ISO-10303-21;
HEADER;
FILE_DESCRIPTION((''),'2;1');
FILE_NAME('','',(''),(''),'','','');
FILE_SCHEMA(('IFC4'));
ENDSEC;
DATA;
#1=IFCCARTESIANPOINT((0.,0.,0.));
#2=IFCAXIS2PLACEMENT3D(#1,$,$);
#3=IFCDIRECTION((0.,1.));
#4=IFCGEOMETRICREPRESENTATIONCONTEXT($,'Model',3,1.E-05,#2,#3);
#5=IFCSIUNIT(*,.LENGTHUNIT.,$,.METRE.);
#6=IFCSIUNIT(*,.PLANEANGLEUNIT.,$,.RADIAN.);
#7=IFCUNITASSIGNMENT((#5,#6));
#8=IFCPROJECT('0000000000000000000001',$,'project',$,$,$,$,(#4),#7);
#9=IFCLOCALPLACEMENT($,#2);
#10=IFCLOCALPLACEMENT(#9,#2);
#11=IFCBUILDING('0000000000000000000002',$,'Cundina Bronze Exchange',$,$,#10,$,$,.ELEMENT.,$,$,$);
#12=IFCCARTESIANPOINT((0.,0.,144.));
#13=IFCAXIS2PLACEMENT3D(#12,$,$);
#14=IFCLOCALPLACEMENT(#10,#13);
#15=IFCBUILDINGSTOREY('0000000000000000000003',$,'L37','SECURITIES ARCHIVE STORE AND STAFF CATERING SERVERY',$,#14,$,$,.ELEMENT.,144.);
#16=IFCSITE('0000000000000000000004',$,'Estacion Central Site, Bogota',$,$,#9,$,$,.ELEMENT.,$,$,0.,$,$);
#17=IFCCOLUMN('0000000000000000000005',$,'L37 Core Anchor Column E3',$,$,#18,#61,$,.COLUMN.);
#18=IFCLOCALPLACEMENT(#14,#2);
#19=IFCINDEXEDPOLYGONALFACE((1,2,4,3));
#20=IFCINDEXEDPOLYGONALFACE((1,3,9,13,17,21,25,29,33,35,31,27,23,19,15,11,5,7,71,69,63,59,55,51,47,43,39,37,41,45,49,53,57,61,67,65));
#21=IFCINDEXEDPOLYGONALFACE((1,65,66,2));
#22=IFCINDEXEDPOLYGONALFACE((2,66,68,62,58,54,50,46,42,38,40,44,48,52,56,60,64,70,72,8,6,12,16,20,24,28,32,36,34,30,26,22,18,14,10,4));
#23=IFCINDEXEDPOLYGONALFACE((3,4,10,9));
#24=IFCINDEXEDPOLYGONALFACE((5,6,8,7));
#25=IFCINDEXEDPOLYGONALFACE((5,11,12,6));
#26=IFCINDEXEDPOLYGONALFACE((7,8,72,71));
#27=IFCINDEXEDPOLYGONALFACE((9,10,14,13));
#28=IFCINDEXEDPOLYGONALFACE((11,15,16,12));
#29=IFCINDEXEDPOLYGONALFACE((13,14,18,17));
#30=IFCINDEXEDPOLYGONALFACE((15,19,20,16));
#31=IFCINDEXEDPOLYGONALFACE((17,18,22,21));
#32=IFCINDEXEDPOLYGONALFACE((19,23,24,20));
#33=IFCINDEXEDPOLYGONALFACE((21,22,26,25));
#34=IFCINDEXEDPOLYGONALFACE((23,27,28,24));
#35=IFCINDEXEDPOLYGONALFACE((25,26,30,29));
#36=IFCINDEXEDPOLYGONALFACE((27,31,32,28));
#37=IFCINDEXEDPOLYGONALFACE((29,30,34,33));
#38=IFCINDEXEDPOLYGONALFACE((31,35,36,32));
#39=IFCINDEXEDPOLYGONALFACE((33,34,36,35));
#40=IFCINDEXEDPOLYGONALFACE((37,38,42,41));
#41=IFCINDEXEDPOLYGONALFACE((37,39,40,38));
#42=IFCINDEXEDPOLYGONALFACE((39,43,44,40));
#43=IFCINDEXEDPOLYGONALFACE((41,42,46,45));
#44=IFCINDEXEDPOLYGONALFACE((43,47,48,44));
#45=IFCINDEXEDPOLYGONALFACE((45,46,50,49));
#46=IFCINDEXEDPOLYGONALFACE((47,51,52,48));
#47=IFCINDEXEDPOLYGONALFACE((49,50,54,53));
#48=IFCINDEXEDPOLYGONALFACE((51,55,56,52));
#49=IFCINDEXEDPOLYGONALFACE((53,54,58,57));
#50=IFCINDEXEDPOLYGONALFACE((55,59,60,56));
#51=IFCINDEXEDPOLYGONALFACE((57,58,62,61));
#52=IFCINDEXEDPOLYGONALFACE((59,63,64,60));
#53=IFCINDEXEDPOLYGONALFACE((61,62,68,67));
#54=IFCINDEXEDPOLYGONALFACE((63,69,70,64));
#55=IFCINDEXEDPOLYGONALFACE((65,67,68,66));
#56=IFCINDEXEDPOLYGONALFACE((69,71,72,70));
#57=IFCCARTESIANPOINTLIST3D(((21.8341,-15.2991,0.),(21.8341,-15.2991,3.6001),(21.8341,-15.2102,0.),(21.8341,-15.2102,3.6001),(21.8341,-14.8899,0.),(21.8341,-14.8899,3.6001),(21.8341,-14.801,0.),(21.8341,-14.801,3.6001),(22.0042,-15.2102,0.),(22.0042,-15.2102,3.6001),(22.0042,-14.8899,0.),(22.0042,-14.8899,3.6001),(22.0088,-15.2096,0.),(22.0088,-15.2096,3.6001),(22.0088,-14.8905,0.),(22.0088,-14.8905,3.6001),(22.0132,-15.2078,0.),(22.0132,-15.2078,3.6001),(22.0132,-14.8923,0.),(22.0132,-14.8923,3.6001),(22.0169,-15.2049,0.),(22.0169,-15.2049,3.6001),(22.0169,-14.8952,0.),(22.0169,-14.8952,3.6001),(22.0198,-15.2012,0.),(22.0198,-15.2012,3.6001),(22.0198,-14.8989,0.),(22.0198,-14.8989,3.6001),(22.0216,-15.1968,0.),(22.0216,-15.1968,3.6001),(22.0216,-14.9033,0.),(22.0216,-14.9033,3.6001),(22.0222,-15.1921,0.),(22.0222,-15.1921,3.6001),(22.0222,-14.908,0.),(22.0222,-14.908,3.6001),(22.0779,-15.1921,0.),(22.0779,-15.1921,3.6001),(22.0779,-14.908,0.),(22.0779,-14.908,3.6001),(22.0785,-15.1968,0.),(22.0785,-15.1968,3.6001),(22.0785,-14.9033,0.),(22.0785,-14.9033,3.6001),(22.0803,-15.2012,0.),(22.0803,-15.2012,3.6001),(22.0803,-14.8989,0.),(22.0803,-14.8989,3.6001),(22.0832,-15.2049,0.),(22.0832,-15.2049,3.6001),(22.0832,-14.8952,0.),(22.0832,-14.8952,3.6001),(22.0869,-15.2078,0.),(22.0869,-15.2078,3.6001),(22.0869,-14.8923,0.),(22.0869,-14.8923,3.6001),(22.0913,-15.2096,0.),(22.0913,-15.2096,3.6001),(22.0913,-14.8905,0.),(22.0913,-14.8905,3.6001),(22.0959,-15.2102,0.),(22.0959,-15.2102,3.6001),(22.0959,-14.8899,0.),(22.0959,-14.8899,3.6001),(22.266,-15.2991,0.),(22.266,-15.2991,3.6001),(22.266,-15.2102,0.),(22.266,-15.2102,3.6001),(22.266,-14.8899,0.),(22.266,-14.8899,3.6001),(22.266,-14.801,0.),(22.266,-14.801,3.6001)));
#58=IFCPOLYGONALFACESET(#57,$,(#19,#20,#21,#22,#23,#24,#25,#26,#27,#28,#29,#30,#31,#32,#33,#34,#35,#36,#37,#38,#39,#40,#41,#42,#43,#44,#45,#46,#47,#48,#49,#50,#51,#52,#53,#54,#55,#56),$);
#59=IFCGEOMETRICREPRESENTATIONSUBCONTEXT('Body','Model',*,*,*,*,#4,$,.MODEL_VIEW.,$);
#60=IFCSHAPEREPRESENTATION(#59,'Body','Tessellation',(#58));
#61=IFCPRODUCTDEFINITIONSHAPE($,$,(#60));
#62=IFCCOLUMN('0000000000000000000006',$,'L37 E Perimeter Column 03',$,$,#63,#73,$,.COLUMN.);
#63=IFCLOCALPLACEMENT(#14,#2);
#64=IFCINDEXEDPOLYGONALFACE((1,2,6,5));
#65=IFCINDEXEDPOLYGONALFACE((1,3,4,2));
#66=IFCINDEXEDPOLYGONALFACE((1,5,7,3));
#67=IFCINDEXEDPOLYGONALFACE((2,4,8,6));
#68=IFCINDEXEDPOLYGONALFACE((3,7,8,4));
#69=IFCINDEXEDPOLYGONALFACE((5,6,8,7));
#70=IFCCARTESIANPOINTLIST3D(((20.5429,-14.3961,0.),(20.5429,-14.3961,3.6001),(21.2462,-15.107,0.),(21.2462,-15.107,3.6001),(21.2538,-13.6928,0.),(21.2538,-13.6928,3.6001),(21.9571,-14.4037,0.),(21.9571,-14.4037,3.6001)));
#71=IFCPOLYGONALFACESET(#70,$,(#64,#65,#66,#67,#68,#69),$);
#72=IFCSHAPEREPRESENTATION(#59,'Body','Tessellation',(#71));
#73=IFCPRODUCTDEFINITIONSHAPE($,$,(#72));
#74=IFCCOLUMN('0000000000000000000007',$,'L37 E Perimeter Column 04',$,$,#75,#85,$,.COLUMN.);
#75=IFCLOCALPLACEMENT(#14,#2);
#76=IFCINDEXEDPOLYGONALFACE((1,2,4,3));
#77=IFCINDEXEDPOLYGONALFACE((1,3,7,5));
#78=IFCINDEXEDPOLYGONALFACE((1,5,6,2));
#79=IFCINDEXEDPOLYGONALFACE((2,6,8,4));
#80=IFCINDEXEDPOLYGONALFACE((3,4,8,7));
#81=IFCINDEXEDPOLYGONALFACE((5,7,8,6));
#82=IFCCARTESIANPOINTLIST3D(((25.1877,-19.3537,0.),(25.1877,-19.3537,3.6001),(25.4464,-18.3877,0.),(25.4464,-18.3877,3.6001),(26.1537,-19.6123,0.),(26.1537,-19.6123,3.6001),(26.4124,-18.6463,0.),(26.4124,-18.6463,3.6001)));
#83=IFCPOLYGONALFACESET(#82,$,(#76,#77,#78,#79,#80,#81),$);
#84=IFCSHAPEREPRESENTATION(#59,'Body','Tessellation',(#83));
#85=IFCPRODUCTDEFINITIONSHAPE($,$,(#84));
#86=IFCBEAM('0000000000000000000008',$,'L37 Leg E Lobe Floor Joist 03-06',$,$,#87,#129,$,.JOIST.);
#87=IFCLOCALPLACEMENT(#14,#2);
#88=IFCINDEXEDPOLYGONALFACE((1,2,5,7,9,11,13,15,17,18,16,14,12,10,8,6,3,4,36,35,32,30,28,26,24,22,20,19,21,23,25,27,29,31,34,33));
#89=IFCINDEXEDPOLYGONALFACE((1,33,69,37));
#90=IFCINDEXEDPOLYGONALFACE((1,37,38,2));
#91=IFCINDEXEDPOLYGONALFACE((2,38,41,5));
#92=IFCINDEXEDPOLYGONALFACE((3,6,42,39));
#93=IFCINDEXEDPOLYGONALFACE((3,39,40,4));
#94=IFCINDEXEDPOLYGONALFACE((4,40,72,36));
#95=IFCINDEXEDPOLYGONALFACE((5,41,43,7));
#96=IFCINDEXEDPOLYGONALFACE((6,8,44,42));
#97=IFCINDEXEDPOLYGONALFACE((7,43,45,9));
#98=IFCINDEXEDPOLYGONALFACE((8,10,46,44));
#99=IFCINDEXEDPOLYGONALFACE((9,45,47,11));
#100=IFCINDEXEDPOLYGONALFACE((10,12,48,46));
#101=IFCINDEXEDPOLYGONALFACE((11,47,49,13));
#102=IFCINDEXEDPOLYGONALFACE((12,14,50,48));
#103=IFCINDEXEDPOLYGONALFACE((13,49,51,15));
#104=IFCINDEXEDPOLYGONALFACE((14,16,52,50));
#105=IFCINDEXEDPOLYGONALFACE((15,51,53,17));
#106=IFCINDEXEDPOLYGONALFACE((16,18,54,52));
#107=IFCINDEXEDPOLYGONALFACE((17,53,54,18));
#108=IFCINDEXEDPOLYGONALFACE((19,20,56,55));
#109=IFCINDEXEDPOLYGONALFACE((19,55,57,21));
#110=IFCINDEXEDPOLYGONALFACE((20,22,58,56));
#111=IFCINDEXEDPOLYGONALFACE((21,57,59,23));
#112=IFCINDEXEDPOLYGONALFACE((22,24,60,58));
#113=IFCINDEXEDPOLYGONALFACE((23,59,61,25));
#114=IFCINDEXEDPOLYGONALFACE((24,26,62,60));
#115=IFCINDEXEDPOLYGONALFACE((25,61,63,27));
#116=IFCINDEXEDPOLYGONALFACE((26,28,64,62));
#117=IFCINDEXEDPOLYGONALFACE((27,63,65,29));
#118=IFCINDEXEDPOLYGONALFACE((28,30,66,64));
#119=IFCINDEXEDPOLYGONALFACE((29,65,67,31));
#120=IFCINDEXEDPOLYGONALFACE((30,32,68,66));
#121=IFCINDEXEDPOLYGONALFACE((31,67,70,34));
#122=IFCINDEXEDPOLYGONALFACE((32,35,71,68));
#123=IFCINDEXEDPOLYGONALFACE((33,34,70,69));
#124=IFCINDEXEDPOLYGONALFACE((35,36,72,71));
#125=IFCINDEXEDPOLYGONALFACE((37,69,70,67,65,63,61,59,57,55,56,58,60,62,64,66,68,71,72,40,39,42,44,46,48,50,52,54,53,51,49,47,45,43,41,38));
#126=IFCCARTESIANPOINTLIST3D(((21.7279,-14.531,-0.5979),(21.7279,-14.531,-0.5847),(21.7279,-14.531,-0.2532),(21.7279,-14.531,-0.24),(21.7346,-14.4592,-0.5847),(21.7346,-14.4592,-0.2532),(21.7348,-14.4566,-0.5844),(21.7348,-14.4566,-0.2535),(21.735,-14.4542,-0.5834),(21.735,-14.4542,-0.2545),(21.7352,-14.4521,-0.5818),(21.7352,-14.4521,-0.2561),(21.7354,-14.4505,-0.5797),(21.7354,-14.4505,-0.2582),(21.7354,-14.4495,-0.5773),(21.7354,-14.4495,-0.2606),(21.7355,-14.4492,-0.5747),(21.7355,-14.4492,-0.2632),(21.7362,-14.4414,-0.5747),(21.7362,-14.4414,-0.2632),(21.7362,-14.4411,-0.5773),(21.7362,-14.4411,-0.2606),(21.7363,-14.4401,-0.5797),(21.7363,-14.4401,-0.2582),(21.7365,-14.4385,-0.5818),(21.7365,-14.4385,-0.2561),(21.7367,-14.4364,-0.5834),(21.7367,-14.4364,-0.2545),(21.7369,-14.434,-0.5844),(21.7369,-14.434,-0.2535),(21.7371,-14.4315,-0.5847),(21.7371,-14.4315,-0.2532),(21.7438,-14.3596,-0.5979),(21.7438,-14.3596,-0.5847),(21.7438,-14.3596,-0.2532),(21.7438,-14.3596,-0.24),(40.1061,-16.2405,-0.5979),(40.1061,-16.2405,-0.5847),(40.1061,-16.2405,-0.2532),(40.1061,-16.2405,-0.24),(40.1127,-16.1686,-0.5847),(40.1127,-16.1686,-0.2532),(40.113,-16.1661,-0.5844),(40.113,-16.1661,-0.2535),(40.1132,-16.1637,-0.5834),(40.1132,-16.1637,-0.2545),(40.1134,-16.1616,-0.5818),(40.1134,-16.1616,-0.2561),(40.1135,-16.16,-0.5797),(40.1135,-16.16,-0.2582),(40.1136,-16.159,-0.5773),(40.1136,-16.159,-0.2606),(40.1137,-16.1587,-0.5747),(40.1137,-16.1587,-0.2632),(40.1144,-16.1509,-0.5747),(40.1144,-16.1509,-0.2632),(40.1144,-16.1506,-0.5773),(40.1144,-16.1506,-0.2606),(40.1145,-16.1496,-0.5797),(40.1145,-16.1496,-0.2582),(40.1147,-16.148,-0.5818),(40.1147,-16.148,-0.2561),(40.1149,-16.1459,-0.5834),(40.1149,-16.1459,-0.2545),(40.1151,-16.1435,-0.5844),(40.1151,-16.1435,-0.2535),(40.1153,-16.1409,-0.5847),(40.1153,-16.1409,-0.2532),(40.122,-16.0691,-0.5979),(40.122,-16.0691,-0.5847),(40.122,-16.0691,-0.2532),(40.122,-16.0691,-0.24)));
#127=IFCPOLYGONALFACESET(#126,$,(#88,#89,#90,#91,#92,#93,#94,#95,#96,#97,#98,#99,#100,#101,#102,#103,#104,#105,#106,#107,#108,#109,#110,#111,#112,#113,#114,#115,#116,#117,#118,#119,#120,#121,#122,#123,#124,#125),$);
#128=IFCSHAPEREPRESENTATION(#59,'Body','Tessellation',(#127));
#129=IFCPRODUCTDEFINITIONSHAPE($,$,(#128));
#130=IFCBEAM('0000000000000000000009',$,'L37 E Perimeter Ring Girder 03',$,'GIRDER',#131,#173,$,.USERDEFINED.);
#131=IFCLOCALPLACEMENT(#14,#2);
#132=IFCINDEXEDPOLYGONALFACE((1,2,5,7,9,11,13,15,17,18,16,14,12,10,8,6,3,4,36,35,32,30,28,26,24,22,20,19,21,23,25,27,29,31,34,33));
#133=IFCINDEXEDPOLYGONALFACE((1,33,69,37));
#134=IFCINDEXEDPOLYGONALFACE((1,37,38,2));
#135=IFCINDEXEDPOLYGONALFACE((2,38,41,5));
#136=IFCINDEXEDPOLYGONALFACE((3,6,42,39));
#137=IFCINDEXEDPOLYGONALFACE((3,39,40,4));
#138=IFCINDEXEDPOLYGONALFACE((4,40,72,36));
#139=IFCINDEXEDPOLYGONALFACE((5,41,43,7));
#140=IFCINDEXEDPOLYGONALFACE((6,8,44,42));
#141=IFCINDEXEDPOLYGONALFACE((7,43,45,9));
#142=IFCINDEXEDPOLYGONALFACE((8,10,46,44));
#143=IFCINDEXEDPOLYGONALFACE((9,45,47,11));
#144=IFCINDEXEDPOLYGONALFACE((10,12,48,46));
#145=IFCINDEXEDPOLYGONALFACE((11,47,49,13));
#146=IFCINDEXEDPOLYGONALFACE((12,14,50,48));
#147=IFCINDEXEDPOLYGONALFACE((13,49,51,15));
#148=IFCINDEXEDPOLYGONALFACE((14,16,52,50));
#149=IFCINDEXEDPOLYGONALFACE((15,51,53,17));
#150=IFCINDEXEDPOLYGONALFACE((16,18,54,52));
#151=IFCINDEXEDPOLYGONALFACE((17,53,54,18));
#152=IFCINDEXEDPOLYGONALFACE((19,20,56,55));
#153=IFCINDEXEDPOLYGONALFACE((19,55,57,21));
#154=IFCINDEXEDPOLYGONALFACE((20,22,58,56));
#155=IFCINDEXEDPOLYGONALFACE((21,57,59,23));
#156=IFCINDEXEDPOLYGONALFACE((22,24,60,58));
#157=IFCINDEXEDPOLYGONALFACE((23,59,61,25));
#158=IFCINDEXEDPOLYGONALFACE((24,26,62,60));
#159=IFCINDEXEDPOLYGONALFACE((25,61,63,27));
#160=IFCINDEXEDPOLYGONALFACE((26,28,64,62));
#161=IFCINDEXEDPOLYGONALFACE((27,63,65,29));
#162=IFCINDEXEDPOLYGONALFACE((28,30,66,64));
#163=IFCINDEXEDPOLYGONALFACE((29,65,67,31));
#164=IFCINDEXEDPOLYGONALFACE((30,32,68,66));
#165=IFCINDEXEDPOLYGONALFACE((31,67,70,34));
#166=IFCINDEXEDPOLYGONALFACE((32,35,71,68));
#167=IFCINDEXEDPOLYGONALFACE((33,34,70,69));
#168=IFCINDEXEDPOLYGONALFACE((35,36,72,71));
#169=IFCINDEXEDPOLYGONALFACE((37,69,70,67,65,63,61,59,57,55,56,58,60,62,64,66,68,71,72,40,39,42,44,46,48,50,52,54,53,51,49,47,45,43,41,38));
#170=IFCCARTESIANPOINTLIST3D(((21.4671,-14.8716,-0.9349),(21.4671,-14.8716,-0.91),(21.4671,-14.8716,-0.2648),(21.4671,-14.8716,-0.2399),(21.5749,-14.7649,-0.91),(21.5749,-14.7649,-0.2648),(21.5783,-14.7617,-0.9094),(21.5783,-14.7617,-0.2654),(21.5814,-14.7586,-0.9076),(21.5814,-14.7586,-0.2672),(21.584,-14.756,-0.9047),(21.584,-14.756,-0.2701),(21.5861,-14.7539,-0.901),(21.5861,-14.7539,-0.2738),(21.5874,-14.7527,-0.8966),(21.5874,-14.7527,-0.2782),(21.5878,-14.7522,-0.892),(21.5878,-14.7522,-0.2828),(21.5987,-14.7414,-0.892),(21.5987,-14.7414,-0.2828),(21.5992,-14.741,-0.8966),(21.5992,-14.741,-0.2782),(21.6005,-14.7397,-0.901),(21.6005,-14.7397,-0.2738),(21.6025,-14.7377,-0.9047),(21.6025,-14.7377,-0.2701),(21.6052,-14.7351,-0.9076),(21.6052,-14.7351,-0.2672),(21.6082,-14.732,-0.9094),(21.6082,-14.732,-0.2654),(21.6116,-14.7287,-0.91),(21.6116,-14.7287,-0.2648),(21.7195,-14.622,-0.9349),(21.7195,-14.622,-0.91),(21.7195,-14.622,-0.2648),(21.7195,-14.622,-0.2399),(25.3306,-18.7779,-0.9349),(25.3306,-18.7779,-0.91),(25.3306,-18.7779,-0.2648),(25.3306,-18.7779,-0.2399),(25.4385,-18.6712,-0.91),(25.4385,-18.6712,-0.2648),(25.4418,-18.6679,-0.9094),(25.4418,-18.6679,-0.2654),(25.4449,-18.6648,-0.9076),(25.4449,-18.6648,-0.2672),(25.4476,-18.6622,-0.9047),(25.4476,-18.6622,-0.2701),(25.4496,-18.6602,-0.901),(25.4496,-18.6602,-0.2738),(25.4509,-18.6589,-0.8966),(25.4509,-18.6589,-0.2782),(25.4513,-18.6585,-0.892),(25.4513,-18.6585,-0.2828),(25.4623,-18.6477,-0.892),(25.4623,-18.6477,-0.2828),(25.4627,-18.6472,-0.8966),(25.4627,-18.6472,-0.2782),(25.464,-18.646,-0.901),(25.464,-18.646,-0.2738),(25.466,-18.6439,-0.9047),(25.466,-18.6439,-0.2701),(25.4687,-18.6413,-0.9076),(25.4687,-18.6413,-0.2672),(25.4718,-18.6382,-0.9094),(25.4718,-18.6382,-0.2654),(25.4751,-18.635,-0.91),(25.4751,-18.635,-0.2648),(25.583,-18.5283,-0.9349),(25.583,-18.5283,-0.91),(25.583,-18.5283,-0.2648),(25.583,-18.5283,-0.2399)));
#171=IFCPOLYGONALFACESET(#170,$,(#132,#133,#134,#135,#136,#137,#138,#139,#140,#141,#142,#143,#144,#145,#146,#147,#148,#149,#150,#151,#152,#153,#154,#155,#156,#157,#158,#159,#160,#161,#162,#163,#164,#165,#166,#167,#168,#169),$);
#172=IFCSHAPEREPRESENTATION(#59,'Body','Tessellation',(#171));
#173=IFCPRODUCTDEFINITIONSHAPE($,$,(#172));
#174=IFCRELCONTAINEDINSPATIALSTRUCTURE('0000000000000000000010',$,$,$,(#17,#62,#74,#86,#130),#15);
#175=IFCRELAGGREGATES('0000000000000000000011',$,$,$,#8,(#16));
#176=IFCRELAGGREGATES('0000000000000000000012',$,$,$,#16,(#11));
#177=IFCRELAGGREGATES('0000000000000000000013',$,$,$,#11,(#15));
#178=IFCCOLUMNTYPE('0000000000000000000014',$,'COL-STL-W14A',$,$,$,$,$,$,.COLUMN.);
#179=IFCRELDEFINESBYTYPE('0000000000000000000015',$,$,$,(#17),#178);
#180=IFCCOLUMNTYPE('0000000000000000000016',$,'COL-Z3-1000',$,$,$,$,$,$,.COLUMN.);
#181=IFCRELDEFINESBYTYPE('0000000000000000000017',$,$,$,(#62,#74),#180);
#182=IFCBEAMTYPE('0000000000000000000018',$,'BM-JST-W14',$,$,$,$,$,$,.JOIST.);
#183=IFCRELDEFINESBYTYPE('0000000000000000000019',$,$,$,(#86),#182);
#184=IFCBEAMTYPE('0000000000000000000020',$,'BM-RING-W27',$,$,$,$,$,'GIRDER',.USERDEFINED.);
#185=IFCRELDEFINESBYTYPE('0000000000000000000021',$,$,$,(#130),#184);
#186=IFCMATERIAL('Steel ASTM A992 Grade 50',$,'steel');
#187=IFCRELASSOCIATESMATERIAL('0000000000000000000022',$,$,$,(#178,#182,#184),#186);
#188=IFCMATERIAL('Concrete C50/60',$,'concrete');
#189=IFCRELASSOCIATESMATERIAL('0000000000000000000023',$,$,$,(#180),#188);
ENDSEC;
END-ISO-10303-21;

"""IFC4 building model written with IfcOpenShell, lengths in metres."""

from ifc_helpers import new_model, si_unit, direction, frame, origin, origin_2d, place, context, subcontext, project, spatial, rectangle, i_section, extrude, material, material_profile, profile_set, type_object, element, save


model = new_model("IFC4")

# Units and contexts
model_context = context("Model", 3, precision=1e-05, world=origin(), true_north=direction((0.0, 1.0)))
body_context = subcontext(model_context, "Body", "Model", "MODEL_VIEW")
ifc_project = project(units=[si_unit("LENGTHUNIT", "METRE"), si_unit("PLANEANGLEUNIT", "RADIAN")], contexts=[model_context])

# Site, building, storey
site_placement = place(None, origin())
site = spatial("IfcSite", under=ifc_project, at=site_placement, Name="Estacion Central Site, Bogota", CompositionType="ELEMENT", RefElevation=0.0)
building_placement = place(site_placement, origin())
building = spatial("IfcBuilding", under=site, at=building_placement, Name="Cundina Bronze Exchange", CompositionType="ELEMENT")
storey_placement = place(building_placement, frame((0.0, 0.0, 144.0)))
storey = spatial("IfcBuildingStorey", under=building, at=storey_placement, Name="L37", Description="SECURITIES ARCHIVE STORE AND STAFF CATERING SERVERY", CompositionType="ELEMENT", Elevation=144.0)

# Columns
ifc_material_1 = material(Name="Steel ASTM A992 Grade 50", Category="steel")
ifc_material_profile_1 = material_profile(ifc_material_1, i_section(OverallWidth=0.4319, OverallDepth=0.498, WebThickness=0.0557, FlangeThickness=0.0889, FilletRadius=0.0181, at=origin_2d()), Name="W14X500", Category="steel")
ifc_profile_set_1 = profile_set([ifc_material_profile_1], Name="Steel ASTM A992 Grade 50")
column_type_1 = type_object("IfcColumnType", Name="COL-STL-W14A", PredefinedType="COLUMN", material=ifc_profile_set_1)
column_placement = place(storey_placement, frame((22.05, -15.05, 0.0), z_axis=(0.0, 0.0, 1.0), x_axis=(1.0, 0.0, 0.0)))
element("IfcColumn", 1, at=column_placement, inside=storey, type_object=column_type_1, Name="L37 Core Anchor Column E3", PredefinedType="COLUMN", context=body_context, shape_type="SweptSolid", body=[
    extrude(i_section(OverallWidth=0.4319, OverallDepth=0.498, WebThickness=0.0557, FlangeThickness=0.0889, FilletRadius=0.0181, at=origin_2d()), origin(), (0.0, 0.0, 1.0), 3.6001),
])
ifc_material_2 = material(Name="Concrete C50/60", Category="concrete")
ifc_material_profile_2 = material_profile(ifc_material_2, rectangle(XDim=1.0, YDim=1.0, at=origin_2d()), Name="RC1000X1000", Category="concrete")
ifc_profile_set_2 = profile_set([ifc_material_profile_2], Name="Concrete C50/60")
column_type_2 = type_object("IfcColumnType", Name="COL-Z3-1000", PredefinedType="COLUMN", material=ifc_profile_set_2)
for number, where, z_axis, x_axis, name in (
    (2, (21.25, -14.3999, 0.0), (0.0, 0.0, 1.0), (0.703271, -0.710922, 0.0), "L37 E Perimeter Column 03"),
    (3, (25.8, -19.0, 0.0), (0.0, 0.0, 1.0), (0.965971, -0.25865, 0.0), "L37 E Perimeter Column 04"),
):
    element("IfcColumn", number, at=place(storey_placement, frame(where, z_axis=z_axis, x_axis=x_axis)), inside=storey, type_object=column_type_2, Name=name, PredefinedType="COLUMN", context=body_context, shape_type="SweptSolid", body=[
        extrude(rectangle(XDim=1.0, YDim=1.0, at=origin_2d()), origin(), (0.0, 0.0, 1.0), 3.6001),
    ])

# Beams
ifc_material_profile_3 = material_profile(ifc_material_1, i_section(OverallWidth=0.1721, OverallDepth=0.3579, WebThickness=0.0078, FlangeThickness=0.0132, FilletRadius=0.01, at=origin_2d()), Name="W14X38", Category="steel")
ifc_profile_set_3 = profile_set([ifc_material_profile_3], Name="Steel ASTM A992 Grade 50")
beam_type_1 = type_object("IfcBeamType", Name="BM-JST-W14", PredefinedType="JOIST", material=ifc_profile_set_3)
beam_1_placement = place(storey_placement, frame((21.7358, -14.4453, -0.4189), z_axis=(0.995702, -0.092617, 0.0), x_axis=(0.092617, 0.995702, 0.0)))
element("IfcBeam", 4, at=beam_1_placement, inside=storey, type_object=beam_type_1, Name="L37 Leg E Lobe Floor Joist 03-06", PredefinedType="JOIST", context=body_context, shape_type="SweptSolid", body=[
    extrude(i_section(OverallWidth=0.1721, OverallDepth=0.3579, WebThickness=0.0078, FlangeThickness=0.0132, FilletRadius=0.01, at=origin_2d()), origin(), (0.0, 0.0, 1.0), 18.4575),
])
ifc_material_profile_4 = material_profile(ifc_material_1, i_section(OverallWidth=0.355, OverallDepth=0.6951, WebThickness=0.0154, FlangeThickness=0.0249, FilletRadius=0.0181, at=origin_2d()), Name="W27X146", Category="steel")
ifc_profile_set_4 = profile_set([ifc_material_profile_4], Name="Steel ASTM A992 Grade 50")
beam_type_2 = type_object("IfcBeamType", Name="BM-RING-W27", ElementType="GIRDER", PredefinedType="USERDEFINED", material=ifc_profile_set_4)
beam_2_placement = place(storey_placement, frame((21.5933, -14.7468, -0.5874), z_axis=(0.703208, -0.710984, 0.0), x_axis=(0.710984, 0.703208, 0.0)))
element("IfcBeam", 5, at=beam_2_placement, inside=storey, type_object=beam_type_2, Name="L37 E Perimeter Ring Girder 03", ObjectType="GIRDER", PredefinedType="USERDEFINED", context=body_context, shape_type="SweptSolid", body=[
    extrude(i_section(OverallWidth=0.355, OverallDepth=0.6951, WebThickness=0.0154, FlangeThickness=0.0249, FilletRadius=0.0181, at=origin_2d()), origin(), (0.0, 0.0, 1.0), 5.4941),
])

save(model, "model.ifc")
